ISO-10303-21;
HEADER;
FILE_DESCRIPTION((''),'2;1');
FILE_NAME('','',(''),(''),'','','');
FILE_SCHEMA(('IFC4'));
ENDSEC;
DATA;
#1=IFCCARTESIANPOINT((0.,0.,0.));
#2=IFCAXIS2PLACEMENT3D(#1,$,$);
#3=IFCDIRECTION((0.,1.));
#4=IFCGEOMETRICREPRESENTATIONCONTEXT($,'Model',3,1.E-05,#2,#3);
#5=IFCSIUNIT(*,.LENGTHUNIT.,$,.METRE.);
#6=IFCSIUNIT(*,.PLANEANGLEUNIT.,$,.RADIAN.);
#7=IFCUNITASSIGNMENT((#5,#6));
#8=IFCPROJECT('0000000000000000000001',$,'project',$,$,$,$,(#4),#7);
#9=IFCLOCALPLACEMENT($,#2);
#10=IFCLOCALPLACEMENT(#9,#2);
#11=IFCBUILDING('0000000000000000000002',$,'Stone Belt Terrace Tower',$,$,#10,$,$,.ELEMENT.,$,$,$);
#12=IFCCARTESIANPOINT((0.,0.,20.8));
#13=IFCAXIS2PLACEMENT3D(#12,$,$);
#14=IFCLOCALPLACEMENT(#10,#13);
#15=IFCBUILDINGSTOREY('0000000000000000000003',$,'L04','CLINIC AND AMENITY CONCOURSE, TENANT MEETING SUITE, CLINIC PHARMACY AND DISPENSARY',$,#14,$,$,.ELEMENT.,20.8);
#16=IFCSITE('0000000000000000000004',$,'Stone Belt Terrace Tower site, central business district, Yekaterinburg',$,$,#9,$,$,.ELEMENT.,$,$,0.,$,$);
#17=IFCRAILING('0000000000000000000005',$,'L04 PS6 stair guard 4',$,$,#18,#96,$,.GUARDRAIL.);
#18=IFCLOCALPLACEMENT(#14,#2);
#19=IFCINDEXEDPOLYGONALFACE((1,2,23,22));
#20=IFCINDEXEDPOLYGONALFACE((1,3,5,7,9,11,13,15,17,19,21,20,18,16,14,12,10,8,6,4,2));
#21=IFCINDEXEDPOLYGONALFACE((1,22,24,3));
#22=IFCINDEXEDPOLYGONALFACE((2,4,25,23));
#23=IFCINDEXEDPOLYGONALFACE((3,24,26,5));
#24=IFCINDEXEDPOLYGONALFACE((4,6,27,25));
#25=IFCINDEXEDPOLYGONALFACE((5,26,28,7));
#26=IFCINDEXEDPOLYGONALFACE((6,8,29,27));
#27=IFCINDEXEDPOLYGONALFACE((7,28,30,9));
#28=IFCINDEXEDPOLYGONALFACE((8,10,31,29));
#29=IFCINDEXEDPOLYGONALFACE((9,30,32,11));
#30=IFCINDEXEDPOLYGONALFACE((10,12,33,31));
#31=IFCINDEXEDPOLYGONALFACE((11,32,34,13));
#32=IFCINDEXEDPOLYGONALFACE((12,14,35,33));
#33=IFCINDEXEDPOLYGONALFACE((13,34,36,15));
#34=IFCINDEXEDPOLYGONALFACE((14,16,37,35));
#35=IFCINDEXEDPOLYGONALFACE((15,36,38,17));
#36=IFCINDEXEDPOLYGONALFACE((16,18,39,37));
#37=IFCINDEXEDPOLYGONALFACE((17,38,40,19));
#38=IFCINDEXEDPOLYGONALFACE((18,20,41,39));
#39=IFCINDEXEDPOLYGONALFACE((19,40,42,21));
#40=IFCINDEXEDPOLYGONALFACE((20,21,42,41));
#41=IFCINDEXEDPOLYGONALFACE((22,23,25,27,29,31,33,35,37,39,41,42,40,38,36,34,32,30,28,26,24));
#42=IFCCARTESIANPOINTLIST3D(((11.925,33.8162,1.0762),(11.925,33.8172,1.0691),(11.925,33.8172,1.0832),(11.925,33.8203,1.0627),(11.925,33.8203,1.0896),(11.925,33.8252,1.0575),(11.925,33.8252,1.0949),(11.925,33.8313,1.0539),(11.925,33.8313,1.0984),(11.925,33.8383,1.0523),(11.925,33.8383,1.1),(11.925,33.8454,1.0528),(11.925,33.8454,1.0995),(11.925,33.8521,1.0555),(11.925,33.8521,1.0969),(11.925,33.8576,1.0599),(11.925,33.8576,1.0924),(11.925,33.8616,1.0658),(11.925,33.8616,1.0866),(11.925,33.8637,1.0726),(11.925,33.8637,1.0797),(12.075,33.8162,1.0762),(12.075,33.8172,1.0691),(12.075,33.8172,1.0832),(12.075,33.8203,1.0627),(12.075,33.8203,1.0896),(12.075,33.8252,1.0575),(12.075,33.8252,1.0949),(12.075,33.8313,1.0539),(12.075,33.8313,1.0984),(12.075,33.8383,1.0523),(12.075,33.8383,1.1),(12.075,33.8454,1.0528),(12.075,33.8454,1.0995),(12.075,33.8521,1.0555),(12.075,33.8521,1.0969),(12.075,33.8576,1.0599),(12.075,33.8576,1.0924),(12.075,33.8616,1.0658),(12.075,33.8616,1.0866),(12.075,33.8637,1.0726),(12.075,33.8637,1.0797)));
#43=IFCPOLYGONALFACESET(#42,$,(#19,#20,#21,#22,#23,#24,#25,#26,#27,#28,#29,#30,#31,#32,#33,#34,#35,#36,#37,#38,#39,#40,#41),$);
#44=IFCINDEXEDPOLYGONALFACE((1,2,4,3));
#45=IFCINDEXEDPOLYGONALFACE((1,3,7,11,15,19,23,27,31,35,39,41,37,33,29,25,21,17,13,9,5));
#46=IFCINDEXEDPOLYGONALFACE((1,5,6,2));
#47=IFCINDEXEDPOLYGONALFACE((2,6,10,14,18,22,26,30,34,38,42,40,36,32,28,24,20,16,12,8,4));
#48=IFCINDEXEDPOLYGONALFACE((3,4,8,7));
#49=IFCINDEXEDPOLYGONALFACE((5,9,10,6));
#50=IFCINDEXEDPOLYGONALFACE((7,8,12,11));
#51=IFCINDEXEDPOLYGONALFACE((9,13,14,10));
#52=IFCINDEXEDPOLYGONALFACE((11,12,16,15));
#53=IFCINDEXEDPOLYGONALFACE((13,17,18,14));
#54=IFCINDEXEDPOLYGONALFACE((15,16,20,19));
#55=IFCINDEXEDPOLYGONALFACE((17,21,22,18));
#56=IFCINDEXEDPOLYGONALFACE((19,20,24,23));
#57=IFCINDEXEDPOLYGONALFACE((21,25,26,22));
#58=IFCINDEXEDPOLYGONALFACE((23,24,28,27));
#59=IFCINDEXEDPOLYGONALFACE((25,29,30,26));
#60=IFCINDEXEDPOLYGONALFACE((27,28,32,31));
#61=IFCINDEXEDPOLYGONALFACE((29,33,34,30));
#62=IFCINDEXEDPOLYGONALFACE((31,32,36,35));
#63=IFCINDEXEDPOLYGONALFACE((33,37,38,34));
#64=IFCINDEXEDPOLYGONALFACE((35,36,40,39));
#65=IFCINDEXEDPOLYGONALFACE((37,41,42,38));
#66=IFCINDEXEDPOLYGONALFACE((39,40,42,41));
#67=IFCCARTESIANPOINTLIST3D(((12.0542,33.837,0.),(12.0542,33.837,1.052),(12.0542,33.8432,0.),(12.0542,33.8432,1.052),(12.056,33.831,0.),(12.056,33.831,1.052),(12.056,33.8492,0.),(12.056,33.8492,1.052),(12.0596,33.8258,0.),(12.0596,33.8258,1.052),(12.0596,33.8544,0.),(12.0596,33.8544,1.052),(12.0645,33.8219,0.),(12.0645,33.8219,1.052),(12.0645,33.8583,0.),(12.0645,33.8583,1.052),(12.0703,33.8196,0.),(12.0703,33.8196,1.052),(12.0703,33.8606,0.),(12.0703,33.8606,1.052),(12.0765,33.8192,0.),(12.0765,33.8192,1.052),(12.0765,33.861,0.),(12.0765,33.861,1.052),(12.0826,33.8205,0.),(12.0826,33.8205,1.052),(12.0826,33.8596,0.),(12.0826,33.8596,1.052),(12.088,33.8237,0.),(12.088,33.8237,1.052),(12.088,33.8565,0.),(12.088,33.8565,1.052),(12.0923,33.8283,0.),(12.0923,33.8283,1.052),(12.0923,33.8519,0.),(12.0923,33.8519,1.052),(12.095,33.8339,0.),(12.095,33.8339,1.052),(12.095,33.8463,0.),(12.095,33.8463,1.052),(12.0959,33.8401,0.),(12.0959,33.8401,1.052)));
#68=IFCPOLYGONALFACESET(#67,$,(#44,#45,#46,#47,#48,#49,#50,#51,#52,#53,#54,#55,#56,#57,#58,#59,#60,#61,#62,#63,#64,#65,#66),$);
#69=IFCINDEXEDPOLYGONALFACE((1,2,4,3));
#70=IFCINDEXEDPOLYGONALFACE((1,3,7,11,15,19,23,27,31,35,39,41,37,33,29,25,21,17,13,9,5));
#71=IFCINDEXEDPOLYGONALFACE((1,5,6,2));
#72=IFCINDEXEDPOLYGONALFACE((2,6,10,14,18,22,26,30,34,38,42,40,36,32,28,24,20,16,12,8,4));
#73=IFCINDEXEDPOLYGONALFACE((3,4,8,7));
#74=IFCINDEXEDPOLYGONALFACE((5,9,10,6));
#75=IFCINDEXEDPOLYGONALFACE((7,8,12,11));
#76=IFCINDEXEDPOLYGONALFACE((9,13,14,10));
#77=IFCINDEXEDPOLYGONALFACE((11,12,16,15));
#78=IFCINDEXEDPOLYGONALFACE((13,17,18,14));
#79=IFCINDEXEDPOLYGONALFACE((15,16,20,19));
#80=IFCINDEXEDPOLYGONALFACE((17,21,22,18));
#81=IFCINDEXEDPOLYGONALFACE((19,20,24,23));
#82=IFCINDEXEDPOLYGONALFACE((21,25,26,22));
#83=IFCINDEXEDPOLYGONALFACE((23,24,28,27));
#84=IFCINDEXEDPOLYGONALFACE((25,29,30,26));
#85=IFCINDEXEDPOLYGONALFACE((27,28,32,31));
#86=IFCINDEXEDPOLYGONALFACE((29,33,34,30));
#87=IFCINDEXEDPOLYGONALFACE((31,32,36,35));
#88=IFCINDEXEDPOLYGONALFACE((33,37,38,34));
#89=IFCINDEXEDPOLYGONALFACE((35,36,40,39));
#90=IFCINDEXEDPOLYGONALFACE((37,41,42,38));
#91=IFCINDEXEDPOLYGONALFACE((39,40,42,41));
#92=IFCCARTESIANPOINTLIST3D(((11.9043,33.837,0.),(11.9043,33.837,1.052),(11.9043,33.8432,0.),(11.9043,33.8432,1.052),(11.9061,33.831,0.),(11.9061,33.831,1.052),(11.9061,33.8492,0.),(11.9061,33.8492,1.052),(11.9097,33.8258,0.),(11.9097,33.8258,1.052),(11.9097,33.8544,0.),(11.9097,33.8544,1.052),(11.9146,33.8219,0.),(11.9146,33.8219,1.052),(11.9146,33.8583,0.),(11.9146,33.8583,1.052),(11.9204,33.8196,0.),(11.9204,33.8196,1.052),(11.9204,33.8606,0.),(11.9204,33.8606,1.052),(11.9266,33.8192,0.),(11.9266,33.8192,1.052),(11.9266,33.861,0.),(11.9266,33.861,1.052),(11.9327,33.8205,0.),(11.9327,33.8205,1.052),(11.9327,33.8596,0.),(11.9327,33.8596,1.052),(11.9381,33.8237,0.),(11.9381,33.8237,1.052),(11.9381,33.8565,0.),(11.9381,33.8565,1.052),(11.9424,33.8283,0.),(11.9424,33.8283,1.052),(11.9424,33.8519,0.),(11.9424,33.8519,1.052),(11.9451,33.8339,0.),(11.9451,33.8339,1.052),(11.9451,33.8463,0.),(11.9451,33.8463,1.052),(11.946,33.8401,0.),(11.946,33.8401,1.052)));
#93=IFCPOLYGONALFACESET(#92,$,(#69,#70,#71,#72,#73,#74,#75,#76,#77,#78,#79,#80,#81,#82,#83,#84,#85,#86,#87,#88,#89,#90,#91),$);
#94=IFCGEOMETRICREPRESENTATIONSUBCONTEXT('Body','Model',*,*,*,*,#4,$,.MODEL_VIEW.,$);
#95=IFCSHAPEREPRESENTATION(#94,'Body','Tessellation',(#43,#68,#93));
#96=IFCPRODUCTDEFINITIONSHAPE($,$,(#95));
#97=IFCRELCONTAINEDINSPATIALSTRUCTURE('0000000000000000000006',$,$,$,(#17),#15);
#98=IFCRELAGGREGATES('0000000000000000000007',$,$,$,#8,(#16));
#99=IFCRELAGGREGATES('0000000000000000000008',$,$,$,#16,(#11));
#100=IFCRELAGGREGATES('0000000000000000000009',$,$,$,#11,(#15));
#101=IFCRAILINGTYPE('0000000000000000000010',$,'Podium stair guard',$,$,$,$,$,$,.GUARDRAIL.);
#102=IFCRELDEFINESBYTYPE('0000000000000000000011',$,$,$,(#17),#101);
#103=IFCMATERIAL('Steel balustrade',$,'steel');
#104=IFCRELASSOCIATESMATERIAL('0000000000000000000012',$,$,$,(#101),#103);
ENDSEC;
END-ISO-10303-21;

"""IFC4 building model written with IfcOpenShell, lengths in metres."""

from ifc_helpers import new_model, si_unit, direction, frame, origin, origin_2d, place, context, subcontext, project, spatial, circle, extrude, material, type_object, element, save


model = new_model("IFC4")

# Units and contexts
model_context = context("Model", 3, precision=1e-05, world=origin(), true_north=direction((0.0, 1.0)))
body_context = subcontext(model_context, "Body", "Model", "MODEL_VIEW")
ifc_project = project(units=[si_unit("LENGTHUNIT", "METRE"), si_unit("PLANEANGLEUNIT", "RADIAN")], contexts=[model_context])

# Site, building, storey
site_placement = place(None, origin())
site = spatial("IfcSite", under=ifc_project, at=site_placement, Name="Stone Belt Terrace Tower site, central business district, Yekaterinburg", CompositionType="ELEMENT", RefElevation=0.0)
building_placement = place(site_placement, origin())
building = spatial("IfcBuilding", under=site, at=building_placement, Name="Stone Belt Terrace Tower", CompositionType="ELEMENT")
storey_placement = place(building_placement, frame((0.0, 0.0, 20.8)))
storey = spatial("IfcBuildingStorey", under=building, at=storey_placement, Name="L04", Description="CLINIC AND AMENITY CONCOURSE, TENANT MEETING SUITE, CLINIC PHARMACY AND DISPENSARY", CompositionType="ELEMENT", Elevation=20.8)

# Railing
ifc_material_1 = material(Name="Steel balustrade", Category="steel")
railing_type_1 = type_object("IfcRailingType", Name="Podium stair guard", PredefinedType="GUARDRAIL", material=ifc_material_1)
railing_1_placement = place(storey_placement, frame((12.075, 33.8401, 0.0)))
element("IfcRailing", 1, at=railing_1_placement, inside=storey, type_object=railing_type_1, Name="L04 PS6 stair guard 4", PredefinedType="GUARDRAIL", context=body_context, shape_type="SweptSolid", body=[
    extrude(circle(Radius=0.0239, at=origin_2d()), frame((0.0, 0.0, 1.0762), z_axis=(-1.0, 0.0, 0.0), x_axis=(0.0, -1.0, 0.0)), (0.0, 0.0, 1.0), 0.1499),
    extrude(circle(Radius=0.021, at=origin_2d()), origin(), (0.0, 0.0, 1.0), 1.052),
    extrude(circle(Radius=0.021, at=origin_2d()), frame((-0.1499, 0.0, 0.0)), (0.0, 0.0, 1.0), 1.052),
])

save(model, "model.ifc")
